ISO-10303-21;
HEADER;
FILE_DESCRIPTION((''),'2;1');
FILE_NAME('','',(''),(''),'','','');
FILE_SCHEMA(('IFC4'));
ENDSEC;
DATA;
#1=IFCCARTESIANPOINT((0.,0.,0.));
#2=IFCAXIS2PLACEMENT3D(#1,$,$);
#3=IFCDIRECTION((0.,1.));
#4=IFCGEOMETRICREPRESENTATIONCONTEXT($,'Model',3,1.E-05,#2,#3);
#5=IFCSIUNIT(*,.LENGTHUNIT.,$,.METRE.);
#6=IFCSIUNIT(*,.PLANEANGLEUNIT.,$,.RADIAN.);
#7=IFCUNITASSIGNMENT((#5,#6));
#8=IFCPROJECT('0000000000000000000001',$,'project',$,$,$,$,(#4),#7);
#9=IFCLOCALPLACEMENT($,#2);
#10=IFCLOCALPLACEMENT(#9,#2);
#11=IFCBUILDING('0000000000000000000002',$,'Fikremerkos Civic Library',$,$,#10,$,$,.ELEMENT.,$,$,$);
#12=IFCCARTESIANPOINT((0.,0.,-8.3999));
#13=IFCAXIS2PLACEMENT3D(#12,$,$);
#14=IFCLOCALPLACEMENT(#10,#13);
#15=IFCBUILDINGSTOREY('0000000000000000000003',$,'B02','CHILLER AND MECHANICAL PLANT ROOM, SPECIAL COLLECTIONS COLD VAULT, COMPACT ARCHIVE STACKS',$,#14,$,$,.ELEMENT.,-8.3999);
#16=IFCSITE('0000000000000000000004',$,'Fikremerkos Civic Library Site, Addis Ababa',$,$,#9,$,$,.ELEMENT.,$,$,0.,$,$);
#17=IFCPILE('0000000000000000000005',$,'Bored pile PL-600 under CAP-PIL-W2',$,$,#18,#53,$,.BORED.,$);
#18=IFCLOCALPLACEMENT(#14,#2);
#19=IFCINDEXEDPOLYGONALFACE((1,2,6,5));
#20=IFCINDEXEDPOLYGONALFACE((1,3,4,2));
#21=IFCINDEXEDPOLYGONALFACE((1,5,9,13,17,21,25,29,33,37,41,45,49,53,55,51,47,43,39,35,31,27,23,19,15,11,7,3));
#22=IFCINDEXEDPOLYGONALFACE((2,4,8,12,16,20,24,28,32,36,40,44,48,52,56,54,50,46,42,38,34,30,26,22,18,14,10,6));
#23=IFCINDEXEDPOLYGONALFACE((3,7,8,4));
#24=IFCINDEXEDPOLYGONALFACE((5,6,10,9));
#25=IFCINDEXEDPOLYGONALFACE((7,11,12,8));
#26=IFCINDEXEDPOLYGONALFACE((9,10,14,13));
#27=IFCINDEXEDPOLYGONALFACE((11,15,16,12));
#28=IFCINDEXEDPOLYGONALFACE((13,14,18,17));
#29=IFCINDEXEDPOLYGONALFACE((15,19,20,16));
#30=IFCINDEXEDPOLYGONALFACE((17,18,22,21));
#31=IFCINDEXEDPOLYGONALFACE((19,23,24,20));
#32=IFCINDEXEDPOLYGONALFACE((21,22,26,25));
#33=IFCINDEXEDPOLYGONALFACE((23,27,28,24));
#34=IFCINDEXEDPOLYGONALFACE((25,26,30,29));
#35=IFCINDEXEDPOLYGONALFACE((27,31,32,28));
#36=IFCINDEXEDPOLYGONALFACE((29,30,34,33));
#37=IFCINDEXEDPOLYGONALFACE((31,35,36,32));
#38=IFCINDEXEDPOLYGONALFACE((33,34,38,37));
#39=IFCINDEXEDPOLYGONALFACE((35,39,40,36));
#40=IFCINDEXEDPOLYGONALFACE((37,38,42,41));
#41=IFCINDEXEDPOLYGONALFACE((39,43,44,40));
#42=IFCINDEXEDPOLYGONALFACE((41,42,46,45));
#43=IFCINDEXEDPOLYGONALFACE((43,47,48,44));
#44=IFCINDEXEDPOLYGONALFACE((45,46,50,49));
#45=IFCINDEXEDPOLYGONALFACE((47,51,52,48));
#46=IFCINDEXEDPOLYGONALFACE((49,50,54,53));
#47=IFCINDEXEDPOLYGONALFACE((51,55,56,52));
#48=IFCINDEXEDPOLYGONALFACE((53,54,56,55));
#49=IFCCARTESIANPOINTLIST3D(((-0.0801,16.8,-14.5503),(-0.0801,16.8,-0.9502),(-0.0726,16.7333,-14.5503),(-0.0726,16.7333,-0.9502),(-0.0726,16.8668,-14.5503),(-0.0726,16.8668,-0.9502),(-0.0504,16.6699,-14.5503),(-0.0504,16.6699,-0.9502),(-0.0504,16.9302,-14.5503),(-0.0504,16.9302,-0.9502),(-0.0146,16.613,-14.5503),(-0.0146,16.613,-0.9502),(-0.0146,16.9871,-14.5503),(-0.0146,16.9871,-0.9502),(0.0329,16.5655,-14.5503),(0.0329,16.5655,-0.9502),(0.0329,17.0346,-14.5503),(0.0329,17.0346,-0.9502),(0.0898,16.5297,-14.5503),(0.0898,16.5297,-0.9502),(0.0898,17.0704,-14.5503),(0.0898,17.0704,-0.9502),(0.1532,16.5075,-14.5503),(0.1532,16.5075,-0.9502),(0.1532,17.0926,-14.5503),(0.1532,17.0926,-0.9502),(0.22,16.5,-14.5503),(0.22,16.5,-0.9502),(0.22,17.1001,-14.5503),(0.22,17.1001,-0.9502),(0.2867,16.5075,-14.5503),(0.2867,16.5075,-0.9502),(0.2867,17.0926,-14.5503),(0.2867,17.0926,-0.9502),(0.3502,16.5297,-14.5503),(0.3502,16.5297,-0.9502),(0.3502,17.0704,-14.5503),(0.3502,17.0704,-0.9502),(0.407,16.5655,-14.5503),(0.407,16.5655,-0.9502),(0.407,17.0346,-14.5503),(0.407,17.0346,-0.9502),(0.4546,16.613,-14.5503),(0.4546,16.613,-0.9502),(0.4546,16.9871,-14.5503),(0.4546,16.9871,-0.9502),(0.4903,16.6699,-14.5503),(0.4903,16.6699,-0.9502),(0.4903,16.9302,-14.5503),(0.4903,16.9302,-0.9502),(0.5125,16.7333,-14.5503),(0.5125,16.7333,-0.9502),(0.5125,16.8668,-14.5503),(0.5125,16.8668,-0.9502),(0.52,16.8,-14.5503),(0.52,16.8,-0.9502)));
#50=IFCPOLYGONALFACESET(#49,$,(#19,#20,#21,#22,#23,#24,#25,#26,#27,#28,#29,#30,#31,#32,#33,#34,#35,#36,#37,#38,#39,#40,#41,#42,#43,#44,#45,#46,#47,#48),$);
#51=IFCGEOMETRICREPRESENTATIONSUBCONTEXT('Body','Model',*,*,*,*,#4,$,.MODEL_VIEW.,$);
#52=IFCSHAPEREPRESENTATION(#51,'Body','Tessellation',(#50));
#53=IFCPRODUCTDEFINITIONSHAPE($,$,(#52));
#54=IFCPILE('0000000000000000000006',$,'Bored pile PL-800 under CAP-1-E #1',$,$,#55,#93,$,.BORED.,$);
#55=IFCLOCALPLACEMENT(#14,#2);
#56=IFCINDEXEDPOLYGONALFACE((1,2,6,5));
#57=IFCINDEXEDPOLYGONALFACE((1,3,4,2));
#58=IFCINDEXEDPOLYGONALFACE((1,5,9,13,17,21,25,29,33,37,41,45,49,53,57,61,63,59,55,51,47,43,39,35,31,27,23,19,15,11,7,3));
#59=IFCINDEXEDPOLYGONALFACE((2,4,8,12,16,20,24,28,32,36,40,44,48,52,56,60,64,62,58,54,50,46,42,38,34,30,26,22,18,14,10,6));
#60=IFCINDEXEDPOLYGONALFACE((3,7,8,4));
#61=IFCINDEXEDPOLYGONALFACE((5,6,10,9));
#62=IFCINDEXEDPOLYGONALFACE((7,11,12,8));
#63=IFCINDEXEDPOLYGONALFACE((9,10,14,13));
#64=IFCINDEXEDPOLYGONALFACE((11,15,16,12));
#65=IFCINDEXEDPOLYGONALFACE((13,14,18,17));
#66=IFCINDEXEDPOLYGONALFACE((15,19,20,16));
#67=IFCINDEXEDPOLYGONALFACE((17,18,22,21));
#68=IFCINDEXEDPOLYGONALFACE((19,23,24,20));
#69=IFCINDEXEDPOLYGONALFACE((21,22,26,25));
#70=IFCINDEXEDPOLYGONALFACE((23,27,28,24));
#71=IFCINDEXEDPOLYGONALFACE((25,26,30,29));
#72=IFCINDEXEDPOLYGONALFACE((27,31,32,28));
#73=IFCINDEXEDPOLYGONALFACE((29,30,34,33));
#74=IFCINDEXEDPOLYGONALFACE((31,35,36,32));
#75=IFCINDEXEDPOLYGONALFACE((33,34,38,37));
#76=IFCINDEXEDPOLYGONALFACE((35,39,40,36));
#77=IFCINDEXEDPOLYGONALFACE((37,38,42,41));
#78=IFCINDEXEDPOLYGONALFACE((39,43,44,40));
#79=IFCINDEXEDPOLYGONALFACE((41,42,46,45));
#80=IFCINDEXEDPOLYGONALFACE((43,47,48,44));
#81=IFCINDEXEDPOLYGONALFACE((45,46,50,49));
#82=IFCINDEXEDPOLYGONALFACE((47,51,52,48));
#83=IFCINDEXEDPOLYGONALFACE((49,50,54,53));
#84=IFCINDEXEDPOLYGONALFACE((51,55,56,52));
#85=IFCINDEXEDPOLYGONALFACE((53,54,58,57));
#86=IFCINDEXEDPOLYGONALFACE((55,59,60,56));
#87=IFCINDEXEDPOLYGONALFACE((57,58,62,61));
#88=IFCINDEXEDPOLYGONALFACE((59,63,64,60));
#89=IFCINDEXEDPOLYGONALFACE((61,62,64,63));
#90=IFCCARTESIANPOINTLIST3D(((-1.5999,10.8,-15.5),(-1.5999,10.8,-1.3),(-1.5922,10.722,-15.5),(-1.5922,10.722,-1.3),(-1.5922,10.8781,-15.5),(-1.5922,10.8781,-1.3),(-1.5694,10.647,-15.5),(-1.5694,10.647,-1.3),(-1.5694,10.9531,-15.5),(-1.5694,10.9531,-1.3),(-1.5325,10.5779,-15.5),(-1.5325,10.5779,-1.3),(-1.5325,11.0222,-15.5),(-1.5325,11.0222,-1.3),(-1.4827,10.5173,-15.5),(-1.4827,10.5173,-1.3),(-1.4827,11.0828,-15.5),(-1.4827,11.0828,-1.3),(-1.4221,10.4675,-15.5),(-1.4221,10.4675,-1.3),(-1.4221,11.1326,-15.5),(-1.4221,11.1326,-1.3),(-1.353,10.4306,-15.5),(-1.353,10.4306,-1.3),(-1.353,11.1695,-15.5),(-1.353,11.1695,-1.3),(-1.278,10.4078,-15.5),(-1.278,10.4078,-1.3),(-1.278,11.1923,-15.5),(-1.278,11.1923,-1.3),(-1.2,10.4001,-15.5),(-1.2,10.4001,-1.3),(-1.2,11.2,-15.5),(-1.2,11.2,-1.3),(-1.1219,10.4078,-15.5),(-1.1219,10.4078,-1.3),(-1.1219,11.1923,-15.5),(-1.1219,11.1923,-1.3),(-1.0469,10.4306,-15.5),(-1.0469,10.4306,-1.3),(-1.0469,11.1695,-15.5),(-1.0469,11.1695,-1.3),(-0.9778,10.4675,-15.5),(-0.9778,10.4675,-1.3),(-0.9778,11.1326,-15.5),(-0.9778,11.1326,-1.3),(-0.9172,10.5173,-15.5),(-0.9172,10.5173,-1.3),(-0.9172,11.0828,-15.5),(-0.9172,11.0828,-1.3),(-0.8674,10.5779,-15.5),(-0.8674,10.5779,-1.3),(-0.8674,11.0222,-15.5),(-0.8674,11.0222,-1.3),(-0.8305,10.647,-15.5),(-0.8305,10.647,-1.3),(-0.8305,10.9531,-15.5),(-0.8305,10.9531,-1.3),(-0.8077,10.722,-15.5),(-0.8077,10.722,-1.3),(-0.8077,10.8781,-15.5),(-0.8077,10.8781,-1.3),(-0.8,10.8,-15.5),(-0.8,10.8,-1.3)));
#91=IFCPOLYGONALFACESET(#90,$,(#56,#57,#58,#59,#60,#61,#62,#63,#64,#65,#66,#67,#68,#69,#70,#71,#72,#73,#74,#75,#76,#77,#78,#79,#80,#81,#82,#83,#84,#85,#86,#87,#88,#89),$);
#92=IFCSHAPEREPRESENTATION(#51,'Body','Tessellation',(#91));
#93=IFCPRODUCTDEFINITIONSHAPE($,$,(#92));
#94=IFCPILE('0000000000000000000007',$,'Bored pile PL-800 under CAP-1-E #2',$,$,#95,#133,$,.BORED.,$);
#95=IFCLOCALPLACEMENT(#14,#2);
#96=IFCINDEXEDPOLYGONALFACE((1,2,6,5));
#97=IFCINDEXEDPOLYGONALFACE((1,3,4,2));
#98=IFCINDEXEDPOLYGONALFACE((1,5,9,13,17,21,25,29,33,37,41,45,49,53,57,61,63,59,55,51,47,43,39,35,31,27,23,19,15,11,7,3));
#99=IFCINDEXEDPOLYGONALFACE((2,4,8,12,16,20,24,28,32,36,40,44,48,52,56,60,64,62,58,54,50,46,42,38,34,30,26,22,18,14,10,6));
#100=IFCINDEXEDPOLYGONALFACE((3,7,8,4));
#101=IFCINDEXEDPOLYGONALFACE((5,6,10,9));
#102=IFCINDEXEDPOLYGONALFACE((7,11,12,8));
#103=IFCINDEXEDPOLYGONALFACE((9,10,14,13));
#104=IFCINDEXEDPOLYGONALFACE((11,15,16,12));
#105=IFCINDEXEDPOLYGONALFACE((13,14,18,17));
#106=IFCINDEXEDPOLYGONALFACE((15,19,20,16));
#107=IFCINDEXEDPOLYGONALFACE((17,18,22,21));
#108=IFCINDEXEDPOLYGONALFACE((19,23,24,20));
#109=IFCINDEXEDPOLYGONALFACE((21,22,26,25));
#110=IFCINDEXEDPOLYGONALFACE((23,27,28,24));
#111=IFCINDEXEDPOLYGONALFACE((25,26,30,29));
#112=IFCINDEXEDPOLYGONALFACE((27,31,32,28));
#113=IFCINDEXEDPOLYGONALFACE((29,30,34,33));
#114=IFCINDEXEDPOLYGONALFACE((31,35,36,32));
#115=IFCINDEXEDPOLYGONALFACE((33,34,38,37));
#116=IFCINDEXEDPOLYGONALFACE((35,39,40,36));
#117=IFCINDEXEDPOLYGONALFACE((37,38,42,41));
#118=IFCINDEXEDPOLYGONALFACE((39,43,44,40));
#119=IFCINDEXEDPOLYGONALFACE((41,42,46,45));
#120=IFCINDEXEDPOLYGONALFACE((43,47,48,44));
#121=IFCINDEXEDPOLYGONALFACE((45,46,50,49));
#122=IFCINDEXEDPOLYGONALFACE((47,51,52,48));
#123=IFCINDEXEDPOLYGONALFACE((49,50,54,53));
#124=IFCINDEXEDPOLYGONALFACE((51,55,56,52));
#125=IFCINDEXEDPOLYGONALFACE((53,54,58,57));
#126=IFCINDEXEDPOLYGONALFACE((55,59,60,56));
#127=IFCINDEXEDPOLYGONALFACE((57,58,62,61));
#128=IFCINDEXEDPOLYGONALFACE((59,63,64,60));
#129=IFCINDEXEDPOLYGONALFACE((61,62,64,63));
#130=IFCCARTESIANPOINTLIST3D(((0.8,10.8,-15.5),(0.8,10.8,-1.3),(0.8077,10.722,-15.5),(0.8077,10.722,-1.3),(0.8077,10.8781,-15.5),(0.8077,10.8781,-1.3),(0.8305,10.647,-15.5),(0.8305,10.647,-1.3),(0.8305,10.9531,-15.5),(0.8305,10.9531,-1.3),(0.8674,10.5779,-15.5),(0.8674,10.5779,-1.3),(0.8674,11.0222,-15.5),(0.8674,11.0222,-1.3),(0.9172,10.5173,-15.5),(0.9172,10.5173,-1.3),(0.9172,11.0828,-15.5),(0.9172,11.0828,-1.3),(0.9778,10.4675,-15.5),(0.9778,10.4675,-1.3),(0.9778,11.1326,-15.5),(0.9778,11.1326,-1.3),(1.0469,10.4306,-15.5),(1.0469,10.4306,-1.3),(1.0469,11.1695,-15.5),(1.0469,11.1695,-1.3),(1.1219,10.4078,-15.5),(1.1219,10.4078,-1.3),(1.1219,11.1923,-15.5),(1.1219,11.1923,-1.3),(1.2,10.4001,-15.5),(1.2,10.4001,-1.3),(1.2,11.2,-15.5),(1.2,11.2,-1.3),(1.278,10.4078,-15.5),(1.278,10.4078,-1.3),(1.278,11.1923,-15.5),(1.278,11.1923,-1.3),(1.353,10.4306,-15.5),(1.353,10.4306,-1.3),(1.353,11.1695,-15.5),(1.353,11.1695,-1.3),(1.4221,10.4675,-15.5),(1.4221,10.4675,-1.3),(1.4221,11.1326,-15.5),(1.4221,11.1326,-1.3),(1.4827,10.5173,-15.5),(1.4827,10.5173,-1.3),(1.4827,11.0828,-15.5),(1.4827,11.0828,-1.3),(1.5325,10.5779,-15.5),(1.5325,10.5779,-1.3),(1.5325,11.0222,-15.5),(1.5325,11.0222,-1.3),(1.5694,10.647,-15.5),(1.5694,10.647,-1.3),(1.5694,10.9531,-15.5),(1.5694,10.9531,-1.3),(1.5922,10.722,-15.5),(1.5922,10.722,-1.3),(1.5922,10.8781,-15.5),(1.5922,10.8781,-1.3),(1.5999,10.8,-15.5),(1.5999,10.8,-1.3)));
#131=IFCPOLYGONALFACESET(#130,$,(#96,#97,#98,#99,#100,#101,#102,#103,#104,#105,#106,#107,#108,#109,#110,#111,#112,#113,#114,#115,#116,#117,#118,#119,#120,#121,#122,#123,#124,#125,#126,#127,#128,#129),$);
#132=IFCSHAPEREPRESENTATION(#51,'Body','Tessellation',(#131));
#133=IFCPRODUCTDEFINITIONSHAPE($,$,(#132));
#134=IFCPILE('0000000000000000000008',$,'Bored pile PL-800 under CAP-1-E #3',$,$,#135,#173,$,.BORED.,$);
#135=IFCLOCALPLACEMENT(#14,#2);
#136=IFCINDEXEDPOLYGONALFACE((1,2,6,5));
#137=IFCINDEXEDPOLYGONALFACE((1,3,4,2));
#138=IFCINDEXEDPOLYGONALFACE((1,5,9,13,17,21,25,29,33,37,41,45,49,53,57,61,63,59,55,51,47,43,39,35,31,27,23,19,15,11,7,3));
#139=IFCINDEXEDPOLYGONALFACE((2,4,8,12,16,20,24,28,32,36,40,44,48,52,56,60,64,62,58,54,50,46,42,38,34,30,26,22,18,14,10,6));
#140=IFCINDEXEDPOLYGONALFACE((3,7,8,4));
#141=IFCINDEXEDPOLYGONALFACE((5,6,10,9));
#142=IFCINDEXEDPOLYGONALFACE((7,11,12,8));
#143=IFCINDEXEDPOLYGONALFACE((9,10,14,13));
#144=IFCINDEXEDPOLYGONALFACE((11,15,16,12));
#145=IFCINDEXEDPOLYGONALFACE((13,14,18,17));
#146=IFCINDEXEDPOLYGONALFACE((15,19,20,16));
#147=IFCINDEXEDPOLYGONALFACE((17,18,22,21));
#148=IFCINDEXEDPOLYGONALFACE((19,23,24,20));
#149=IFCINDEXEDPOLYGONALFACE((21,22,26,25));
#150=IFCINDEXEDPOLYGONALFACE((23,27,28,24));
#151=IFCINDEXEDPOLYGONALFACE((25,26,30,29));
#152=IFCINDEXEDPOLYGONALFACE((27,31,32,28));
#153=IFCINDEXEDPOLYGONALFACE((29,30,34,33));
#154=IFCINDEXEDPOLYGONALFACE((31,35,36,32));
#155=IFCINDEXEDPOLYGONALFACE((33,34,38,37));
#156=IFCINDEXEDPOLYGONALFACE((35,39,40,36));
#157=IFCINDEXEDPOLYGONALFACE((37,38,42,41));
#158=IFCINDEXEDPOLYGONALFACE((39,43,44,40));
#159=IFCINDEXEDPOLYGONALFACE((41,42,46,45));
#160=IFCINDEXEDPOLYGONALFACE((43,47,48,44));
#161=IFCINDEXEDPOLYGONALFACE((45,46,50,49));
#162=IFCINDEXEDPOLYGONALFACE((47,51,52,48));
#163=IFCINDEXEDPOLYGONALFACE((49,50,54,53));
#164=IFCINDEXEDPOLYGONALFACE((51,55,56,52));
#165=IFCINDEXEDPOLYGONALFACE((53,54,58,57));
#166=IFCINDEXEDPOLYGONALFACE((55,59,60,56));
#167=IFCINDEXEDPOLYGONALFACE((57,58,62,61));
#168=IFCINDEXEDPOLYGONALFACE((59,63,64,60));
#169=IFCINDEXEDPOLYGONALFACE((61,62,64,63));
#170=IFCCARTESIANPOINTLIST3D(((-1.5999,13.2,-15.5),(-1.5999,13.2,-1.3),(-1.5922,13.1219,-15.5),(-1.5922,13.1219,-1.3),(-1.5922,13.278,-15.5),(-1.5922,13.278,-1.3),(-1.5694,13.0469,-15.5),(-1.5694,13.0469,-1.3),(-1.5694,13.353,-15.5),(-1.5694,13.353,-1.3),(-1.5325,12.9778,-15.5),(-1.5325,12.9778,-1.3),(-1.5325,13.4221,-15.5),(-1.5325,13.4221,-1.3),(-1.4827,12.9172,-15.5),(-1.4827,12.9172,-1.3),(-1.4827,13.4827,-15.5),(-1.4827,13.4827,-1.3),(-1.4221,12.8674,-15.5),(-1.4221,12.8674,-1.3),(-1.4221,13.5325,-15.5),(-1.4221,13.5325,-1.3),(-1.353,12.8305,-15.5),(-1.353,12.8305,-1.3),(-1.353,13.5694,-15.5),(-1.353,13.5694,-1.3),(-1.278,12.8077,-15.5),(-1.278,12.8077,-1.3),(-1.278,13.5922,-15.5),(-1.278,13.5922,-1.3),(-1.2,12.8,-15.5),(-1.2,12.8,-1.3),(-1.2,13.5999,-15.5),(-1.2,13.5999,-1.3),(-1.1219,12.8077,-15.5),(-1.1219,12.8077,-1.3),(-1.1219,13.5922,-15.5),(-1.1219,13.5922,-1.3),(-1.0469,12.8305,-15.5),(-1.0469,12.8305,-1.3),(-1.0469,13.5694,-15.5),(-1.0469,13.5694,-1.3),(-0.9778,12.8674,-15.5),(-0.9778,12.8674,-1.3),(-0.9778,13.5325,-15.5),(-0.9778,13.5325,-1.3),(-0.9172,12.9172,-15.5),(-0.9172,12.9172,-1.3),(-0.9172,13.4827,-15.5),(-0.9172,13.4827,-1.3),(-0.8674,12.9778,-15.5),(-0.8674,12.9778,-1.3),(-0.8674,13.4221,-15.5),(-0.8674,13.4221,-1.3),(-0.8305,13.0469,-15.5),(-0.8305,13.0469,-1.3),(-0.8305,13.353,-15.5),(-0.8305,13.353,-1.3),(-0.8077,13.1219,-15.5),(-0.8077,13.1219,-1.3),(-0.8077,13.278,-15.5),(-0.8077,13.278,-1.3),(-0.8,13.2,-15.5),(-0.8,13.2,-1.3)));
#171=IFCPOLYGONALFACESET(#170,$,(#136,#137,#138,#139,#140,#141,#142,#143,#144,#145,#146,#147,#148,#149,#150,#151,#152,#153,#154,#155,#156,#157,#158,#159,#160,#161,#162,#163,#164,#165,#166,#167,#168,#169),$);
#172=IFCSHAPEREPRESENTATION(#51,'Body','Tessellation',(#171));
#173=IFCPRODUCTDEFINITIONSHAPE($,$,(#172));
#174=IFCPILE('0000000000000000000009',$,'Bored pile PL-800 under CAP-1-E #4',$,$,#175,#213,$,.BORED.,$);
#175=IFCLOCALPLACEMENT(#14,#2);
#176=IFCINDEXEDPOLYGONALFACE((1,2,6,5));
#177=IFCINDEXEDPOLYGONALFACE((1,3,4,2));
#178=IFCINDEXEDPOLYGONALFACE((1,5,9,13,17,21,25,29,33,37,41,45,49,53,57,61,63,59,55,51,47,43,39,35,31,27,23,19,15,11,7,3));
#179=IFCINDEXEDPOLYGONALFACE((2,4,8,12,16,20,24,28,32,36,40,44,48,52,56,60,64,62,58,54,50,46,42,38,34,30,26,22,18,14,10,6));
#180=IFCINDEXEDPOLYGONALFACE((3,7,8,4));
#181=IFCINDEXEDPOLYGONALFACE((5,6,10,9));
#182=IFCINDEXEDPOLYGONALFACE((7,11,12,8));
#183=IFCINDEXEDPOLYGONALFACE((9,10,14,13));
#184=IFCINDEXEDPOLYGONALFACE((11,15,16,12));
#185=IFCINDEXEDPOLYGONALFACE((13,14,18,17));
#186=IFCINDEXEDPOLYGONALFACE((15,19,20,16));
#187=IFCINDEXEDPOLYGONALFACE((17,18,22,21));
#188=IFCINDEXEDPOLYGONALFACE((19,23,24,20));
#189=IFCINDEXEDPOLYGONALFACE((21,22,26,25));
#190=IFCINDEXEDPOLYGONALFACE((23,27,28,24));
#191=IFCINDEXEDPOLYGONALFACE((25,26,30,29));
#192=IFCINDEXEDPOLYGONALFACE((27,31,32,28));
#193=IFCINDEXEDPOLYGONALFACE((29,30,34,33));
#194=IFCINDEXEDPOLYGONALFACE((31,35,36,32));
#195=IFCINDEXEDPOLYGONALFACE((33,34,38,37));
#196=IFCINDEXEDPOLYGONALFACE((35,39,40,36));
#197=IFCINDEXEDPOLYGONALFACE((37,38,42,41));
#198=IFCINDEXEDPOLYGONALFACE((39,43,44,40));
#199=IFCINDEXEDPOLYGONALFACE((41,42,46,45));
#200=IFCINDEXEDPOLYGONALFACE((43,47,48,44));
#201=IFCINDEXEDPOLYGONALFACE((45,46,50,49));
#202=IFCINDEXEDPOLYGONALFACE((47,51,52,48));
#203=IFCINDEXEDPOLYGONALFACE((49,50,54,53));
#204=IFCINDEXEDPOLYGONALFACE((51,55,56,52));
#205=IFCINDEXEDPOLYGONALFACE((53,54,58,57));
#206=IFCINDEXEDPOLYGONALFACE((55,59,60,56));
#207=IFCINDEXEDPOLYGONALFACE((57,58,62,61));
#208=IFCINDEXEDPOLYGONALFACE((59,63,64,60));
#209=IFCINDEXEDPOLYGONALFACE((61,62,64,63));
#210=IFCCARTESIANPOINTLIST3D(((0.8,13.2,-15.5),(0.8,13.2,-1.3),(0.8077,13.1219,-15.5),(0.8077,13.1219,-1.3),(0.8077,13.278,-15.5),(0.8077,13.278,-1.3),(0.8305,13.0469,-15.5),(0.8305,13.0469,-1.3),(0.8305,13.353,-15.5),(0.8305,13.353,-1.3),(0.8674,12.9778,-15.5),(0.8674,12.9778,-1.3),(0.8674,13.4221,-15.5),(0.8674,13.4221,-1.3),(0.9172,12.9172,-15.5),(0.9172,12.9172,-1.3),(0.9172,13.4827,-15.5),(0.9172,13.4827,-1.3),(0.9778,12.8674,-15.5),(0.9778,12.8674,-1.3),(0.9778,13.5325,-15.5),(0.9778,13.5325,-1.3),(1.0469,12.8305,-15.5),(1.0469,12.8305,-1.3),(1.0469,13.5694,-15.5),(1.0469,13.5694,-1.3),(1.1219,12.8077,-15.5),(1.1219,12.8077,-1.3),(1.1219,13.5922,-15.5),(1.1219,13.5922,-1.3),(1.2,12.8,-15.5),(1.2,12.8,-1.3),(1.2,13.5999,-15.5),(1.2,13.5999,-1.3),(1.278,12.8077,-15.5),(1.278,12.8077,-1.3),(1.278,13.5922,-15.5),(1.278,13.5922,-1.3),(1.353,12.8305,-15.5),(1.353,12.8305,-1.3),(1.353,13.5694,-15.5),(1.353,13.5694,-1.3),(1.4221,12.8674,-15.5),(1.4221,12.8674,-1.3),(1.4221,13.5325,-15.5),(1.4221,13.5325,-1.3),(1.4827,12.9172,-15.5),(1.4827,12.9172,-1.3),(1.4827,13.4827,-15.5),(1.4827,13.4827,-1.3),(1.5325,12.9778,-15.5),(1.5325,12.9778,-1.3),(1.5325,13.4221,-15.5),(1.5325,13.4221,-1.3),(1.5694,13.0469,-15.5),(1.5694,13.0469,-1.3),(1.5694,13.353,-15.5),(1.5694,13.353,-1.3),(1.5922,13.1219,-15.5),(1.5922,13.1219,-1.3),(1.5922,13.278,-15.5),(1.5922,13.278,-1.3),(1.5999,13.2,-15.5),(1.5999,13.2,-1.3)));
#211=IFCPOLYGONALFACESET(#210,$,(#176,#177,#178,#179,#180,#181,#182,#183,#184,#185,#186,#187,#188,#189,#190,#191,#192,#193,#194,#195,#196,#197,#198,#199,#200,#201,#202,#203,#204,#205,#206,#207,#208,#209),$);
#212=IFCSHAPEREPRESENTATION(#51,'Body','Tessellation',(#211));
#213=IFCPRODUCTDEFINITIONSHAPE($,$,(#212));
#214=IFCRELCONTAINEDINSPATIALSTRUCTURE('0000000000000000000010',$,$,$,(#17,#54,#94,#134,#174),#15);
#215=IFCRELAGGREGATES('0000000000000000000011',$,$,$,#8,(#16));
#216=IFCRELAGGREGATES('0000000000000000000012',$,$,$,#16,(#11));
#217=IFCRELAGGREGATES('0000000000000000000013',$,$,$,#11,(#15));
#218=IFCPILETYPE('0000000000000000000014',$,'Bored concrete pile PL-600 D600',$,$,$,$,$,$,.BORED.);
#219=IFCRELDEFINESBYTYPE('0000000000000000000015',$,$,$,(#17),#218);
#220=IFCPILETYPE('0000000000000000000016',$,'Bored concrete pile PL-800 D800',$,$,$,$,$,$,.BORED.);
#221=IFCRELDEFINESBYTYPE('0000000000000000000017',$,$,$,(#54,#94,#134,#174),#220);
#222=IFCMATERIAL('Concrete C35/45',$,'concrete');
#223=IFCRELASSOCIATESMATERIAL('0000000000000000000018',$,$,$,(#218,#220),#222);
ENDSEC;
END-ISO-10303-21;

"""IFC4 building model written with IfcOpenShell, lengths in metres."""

from ifc_helpers import new_model, si_unit, direction, frame, origin, origin_2d, place, context, subcontext, project, spatial, circle, extrude, material, material_profile, profile_set, type_object, element, save


model = new_model("IFC4")

# Units and contexts
model_context = context("Model", 3, precision=1e-05, world=origin(), true_north=direction((0.0, 1.0)))
body_context = subcontext(model_context, "Body", "Model", "MODEL_VIEW")
ifc_project = project(units=[si_unit("LENGTHUNIT", "METRE"), si_unit("PLANEANGLEUNIT", "RADIAN")], contexts=[model_context])

# Site, building, storey
site_placement = place(None, origin())
site = spatial("IfcSite", under=ifc_project, at=site_placement, Name="Fikremerkos Civic Library Site, Addis Ababa", CompositionType="ELEMENT", RefElevation=0.0)
building_placement = place(site_placement, origin())
building = spatial("IfcBuilding", under=site, at=building_placement, Name="Fikremerkos Civic Library", CompositionType="ELEMENT")
storey_placement = place(building_placement, frame((0.0, 0.0, -8.3999)))
storey = spatial("IfcBuildingStorey", under=building, at=storey_placement, Name="B02", Description="CHILLER AND MECHANICAL PLANT ROOM, SPECIAL COLLECTIONS COLD VAULT, COMPACT ARCHIVE STACKS", CompositionType="ELEMENT", Elevation=-8.3999)

# Piles
ifc_material_1 = material(Name="Concrete C35/45", Category="concrete")
ifc_material_profile_1 = material_profile(ifc_material_1, circle(Radius=0.3, at=origin_2d()), Name="BORED PILE 600")
ifc_profile_set_1 = profile_set([ifc_material_profile_1], Name="Concrete C35/45")
pile_type_1 = type_object("IfcPileType", Name="Bored concrete pile PL-600 D600", PredefinedType="BORED", material=ifc_profile_set_1)
pile_placement = place(storey_placement, frame((0.22, 16.8, -0.9502), z_axis=(0.0, 0.0, -1.0), x_axis=(1.0, 0.0, 0.0)))
element("IfcPile", 1, at=pile_placement, inside=storey, type_object=pile_type_1, Name="Bored pile PL-600 under CAP-PIL-W2", PredefinedType="BORED", context=body_context, shape_type="SweptSolid", body=[
    extrude(circle(Radius=0.3, at=origin_2d()), origin(), (0.0, 0.0, 1.0), 13.6001),
])
ifc_material_profile_2 = material_profile(ifc_material_1, circle(Radius=0.3999, at=origin_2d()), Name="BORED PILE 800")
ifc_profile_set_2 = profile_set([ifc_material_profile_2], Name="Concrete C35/45")
pile_type_2 = type_object("IfcPileType", Name="Bored concrete pile PL-800 D800", PredefinedType="BORED", material=ifc_profile_set_2)
for number, where, z_axis, x_axis, name in (
    (2, (-1.2, 10.8, -1.3), (0.0, 0.0, -1.0), (1.0, 0.0, 0.0), "Bored pile PL-800 under CAP-1-E #1"),
    (3, (1.2, 10.8, -1.3), (0.0, 0.0, -1.0), (1.0, 0.0, 0.0), "Bored pile PL-800 under CAP-1-E #2"),
    (4, (-1.2, 13.2, -1.3), (0.0, 0.0, -1.0), (1.0, 0.0, 0.0), "Bored pile PL-800 under CAP-1-E #3"),
    (5, (1.2, 13.2, -1.3), (0.0, 0.0, -1.0), (1.0, 0.0, 0.0), "Bored pile PL-800 under CAP-1-E #4"),
):
    element("IfcPile", number, at=place(storey_placement, frame(where, z_axis=z_axis, x_axis=x_axis)), inside=storey, type_object=pile_type_2, Name=name, PredefinedType="BORED", context=body_context, shape_type="SweptSolid", body=[
        extrude(circle(Radius=0.3999, at=origin_2d()), origin(), (0.0, 0.0, 1.0), 14.2),
    ])

save(model, "model.ifc")
